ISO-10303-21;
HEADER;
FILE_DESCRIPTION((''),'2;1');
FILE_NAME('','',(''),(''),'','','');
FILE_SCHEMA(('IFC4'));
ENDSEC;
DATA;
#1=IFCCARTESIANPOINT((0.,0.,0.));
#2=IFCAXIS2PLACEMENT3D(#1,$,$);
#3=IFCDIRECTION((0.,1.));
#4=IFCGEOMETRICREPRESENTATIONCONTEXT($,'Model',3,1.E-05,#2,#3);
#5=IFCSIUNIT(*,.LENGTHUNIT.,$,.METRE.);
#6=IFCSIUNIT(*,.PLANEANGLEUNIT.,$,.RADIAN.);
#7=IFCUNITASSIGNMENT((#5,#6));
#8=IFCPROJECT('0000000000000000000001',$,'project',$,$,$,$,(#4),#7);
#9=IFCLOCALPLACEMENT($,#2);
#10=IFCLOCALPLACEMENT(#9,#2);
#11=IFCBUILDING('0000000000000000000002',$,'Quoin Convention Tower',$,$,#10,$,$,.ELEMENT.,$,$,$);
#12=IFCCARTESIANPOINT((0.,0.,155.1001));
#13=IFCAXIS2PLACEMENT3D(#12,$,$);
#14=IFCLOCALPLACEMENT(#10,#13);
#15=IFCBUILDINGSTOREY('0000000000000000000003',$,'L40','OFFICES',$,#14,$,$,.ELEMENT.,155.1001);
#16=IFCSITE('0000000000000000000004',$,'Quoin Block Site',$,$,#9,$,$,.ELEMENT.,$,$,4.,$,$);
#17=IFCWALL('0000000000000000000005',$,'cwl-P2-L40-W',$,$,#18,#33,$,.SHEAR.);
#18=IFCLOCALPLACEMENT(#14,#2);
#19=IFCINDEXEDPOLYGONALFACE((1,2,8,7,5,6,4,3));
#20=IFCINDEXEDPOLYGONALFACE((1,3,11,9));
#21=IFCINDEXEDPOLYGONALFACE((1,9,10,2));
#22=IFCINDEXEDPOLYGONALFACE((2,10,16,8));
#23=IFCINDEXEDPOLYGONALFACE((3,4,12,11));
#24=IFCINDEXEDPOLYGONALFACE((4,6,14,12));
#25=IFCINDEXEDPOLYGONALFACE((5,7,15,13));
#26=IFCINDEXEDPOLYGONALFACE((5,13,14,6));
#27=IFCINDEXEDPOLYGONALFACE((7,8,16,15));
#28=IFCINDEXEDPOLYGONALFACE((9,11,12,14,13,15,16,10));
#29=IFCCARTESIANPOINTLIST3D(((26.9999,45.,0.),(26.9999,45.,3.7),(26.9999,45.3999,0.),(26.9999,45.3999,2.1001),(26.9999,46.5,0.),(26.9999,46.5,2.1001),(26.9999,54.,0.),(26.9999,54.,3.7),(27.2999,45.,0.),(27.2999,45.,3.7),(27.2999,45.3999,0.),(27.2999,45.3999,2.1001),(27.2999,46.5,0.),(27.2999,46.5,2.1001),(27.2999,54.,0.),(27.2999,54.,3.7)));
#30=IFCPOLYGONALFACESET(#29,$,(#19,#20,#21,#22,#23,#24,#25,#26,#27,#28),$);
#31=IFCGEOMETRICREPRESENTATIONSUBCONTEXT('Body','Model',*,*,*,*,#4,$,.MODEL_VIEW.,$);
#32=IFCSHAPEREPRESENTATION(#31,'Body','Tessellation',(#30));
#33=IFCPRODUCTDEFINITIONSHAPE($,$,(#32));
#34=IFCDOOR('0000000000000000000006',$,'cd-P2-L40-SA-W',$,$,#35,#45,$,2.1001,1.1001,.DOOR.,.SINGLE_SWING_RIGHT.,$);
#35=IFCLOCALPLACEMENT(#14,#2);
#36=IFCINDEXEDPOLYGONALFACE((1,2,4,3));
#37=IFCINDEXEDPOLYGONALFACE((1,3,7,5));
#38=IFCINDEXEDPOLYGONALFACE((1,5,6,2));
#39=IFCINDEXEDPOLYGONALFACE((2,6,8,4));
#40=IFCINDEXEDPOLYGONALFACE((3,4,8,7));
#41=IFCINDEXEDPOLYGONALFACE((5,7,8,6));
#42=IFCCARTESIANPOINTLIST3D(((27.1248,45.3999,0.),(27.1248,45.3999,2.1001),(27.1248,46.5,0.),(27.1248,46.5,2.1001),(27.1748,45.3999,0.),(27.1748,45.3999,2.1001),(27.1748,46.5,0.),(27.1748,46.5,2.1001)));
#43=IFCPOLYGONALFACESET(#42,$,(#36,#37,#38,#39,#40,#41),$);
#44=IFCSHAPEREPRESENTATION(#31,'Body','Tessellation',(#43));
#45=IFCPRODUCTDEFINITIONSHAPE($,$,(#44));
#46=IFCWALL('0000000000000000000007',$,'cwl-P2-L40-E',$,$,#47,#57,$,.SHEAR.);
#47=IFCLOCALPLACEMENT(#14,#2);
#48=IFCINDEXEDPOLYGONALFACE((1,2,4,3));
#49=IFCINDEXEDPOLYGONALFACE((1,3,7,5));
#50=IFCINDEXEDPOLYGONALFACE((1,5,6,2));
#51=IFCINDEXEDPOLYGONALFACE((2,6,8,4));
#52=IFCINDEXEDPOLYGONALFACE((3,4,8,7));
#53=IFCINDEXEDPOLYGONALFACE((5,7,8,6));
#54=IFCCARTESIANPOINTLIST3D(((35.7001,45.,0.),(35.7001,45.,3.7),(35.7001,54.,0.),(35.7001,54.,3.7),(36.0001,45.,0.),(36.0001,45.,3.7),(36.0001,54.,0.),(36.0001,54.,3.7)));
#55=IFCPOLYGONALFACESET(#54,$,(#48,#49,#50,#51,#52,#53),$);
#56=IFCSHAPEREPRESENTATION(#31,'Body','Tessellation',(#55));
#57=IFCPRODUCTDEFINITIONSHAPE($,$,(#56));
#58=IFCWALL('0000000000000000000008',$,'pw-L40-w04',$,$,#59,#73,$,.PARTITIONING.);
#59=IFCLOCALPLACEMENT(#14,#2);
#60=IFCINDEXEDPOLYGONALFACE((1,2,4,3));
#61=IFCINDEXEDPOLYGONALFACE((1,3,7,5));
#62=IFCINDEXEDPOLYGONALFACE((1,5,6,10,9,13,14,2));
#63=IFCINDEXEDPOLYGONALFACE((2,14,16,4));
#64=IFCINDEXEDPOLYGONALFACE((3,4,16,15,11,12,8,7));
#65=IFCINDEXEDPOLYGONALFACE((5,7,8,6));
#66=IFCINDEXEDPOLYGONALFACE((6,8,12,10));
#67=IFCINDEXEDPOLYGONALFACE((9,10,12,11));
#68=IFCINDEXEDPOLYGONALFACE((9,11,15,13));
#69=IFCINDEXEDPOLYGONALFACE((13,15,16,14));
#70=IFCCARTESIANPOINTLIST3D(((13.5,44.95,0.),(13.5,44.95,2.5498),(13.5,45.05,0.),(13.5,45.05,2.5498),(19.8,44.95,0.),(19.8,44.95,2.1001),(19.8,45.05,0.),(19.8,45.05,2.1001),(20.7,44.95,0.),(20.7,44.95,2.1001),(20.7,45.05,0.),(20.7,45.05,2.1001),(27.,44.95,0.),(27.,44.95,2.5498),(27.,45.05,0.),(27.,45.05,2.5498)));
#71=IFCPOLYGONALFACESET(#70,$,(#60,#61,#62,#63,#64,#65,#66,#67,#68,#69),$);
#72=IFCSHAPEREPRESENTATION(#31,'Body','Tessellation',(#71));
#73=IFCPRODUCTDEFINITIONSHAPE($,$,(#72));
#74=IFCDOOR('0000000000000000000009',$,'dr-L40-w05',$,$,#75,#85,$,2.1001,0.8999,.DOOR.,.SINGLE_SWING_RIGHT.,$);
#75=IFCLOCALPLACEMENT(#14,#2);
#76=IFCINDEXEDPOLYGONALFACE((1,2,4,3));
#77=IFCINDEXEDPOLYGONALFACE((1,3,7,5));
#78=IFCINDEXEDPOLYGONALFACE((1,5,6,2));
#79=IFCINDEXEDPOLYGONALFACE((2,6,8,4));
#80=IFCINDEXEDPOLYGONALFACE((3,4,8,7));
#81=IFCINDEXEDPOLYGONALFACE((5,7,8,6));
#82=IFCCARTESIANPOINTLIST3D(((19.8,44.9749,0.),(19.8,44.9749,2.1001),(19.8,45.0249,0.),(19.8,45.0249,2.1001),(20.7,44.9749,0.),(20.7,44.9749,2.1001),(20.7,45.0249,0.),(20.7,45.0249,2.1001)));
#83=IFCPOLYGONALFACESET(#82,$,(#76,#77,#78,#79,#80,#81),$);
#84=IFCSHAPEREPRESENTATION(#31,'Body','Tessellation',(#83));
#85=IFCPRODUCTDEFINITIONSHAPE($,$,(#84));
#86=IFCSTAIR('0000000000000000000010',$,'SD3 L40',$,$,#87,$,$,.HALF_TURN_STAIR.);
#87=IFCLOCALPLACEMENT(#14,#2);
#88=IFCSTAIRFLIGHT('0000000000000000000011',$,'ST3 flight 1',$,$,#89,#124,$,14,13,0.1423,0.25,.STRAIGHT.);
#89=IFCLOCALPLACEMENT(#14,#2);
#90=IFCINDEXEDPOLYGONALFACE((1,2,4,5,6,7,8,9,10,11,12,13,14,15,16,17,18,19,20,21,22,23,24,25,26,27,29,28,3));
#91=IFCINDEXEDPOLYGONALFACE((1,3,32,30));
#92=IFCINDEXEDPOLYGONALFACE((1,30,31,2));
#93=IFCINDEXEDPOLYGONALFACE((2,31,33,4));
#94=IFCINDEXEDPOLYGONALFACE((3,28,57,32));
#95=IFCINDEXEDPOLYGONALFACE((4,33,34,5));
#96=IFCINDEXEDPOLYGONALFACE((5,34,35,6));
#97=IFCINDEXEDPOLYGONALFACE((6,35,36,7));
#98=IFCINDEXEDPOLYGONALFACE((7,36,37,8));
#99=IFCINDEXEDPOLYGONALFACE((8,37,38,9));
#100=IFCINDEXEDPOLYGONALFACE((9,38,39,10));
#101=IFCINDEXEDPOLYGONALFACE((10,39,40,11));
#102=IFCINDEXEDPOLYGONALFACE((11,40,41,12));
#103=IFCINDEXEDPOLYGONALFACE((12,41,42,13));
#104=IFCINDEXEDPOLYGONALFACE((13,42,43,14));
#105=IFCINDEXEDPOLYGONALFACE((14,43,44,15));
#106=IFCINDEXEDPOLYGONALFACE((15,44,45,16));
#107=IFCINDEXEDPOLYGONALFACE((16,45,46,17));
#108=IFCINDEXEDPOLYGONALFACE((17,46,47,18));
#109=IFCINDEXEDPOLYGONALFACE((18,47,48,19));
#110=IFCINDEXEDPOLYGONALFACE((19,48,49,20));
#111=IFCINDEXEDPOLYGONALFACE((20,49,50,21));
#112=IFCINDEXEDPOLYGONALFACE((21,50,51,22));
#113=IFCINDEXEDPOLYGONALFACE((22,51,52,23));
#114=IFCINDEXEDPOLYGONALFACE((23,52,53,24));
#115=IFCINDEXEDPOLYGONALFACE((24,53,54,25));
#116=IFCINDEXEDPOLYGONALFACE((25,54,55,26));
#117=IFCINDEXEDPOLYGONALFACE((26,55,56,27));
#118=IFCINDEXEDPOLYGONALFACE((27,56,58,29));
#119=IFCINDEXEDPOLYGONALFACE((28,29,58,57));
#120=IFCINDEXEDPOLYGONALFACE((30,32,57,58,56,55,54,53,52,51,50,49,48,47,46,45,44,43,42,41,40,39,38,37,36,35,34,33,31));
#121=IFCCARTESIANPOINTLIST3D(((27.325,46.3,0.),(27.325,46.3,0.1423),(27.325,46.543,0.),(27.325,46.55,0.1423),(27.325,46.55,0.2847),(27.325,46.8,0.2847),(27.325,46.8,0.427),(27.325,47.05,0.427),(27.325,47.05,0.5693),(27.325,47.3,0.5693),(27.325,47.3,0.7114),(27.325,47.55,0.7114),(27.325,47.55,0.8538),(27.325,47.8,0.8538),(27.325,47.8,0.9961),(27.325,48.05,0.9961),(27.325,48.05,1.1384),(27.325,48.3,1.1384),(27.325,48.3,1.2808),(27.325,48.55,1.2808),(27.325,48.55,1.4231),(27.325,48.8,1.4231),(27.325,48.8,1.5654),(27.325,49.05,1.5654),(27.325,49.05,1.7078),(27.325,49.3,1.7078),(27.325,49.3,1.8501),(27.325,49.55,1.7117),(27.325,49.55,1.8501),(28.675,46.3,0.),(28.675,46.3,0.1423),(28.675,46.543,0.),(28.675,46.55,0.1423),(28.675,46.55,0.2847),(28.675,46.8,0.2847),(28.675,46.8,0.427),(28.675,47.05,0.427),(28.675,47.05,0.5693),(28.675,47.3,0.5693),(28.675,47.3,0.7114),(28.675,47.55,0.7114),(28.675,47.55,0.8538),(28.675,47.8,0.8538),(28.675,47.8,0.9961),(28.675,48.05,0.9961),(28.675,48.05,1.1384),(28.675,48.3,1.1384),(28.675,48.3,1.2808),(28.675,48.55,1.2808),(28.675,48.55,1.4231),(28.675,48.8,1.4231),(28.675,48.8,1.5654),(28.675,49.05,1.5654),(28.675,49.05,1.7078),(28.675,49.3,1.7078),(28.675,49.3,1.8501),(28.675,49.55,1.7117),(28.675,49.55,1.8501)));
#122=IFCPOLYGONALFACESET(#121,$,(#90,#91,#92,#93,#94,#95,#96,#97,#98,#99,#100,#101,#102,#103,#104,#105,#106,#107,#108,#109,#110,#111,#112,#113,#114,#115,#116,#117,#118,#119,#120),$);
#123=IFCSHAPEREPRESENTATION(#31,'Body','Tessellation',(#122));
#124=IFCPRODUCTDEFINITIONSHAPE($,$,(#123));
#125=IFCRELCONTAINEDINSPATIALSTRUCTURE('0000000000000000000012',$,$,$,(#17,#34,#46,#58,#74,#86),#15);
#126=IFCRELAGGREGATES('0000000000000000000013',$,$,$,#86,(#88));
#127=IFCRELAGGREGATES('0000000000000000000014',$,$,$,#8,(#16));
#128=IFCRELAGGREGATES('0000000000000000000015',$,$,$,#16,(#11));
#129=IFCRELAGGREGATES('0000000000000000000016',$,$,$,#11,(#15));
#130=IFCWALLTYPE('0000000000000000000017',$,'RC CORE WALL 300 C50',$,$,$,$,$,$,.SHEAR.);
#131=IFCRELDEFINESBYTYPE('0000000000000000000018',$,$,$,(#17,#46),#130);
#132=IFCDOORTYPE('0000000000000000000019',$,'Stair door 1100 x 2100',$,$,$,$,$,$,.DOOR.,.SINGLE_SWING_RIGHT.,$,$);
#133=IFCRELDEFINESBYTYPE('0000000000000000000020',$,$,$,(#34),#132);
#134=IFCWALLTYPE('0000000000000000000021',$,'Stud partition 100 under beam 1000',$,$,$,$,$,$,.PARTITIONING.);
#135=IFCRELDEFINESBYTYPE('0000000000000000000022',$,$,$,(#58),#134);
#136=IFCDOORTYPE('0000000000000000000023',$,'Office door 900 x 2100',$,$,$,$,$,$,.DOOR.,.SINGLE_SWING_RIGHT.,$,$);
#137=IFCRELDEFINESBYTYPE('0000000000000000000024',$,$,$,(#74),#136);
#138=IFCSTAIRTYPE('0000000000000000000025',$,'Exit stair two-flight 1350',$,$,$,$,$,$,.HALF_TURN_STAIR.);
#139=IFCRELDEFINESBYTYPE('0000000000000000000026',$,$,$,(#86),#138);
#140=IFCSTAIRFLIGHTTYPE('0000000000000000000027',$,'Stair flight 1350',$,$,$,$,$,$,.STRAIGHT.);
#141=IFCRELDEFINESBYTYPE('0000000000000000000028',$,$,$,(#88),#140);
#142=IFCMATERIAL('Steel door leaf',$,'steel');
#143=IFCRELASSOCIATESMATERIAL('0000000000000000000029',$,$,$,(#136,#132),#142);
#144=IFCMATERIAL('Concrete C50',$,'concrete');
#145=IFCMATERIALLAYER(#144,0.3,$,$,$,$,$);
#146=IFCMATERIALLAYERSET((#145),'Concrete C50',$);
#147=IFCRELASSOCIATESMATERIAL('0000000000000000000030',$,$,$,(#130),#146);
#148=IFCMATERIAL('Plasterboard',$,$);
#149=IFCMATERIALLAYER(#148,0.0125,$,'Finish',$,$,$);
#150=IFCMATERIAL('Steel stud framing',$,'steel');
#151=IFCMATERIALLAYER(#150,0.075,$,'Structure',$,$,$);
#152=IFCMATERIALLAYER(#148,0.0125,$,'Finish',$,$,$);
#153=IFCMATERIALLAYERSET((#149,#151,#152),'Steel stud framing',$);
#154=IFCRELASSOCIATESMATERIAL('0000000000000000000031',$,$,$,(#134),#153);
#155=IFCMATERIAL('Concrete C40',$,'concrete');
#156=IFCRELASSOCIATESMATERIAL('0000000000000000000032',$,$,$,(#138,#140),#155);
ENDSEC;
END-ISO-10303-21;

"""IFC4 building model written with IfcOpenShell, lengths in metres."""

from ifc_helpers import new_model, si_unit, direction, frame, frame_2d, origin, place, context, subcontext, project, spatial, polyline, rectangle, outline, extrude, material, layer, layer_set, type_object, element, fill, aggregate, save


model = new_model("IFC4")

# Units and contexts
model_context = context("Model", 3, precision=1e-05, world=origin(), true_north=direction((0.0, 1.0)))
body_context = subcontext(model_context, "Body", "Model", "MODEL_VIEW")
ifc_project = project(units=[si_unit("LENGTHUNIT", "METRE"), si_unit("PLANEANGLEUNIT", "RADIAN")], contexts=[model_context])

# Site, building, storey
site_placement = place(None, origin())
site = spatial("IfcSite", under=ifc_project, at=site_placement, Name="Quoin Block Site", CompositionType="ELEMENT", RefElevation=4.0)
building_placement = place(site_placement, origin())
building = spatial("IfcBuilding", under=site, at=building_placement, Name="Quoin Convention Tower", CompositionType="ELEMENT")
storey_placement = place(building_placement, frame((0.0, 0.0, 155.1001)))
storey = spatial("IfcBuildingStorey", under=building, at=storey_placement, Name="L40", Description="OFFICES", CompositionType="ELEMENT", Elevation=155.1001)

# Shared definitions
ifc_material_1 = material(Name="Concrete C50", Category="concrete")

# Wall, opening, door
ifc_material_2 = material(Name="Plasterboard")
ifc_material_3 = material(Name="Steel stud framing", Category="steel")
ifc_material_4 = material(Name="Steel door leaf", Category="steel")
door_type_1 = type_object("IfcDoorType", Name="Office door 900 x 2100", OperationType="SINGLE_SWING_RIGHT", PredefinedType="DOOR", material=ifc_material_4)
ifc_layer_1 = layer(ifc_material_1, 0.3)
ifc_layer_set_1 = layer_set([ifc_layer_1], Name="Concrete C50")
wall_type_1 = type_object("IfcWallType", Name="RC CORE WALL 300 C50", PredefinedType="SHEAR", material=ifc_layer_set_1)
wall_1_placement = place(storey_placement, frame((27.1499, 45.0, 0.0), z_axis=(0.0, 0.0, 1.0), x_axis=(0.0, 1.0, 0.0)))
wall_1 = element("IfcWall", 1, at=wall_1_placement, inside=storey, type_object=wall_type_1, Name="cwl-P2-L40-W", PredefinedType="SHEAR", context=body_context, shape_type="SweptSolid", body=[
    extrude(rectangle(XDim=9.0, YDim=0.3, at=frame_2d((4.5, 0.0))), origin(), (0.0, 0.0, 1.0), 3.7),
])
opening_1_placement = place(wall_1_placement, frame((0.3999, 0.0, 0.0)))
opening_1 = element("IfcOpeningElement", 2, at=opening_1_placement, cuts=wall_1, PredefinedType="OPENING", context=body_context, shape_type="SweptSolid", body=[
    extrude(rectangle(XDim=1.1001, YDim=2.1001, at=frame_2d((0.55, 1.05))), frame((0.0, 0.1599, 0.0), z_axis=(0.0, -1.0, 0.0), x_axis=(1.0, 0.0, 0.0)), (0.0, 0.0, 1.0), 0.3201),
])
door_type_2 = type_object("IfcDoorType", Name="Stair door 1100 x 2100", OperationType="SINGLE_SWING_RIGHT", PredefinedType="DOOR", material=ifc_material_4)
door_1_placement = place(opening_1_placement, frame((1.1001, 0.0, 0.0), z_axis=(0.0, 0.0, 1.0), x_axis=(-1.0, 0.0, 0.0)))
door_1 = element("IfcDoor", 3, at=door_1_placement, inside=storey, type_object=door_type_2, Name="cd-P2-L40-SA-W", OperationType="SINGLE_SWING_RIGHT", OverallHeight=2.1001, OverallWidth=1.1001, PredefinedType="DOOR", context=body_context, shape_type="SweptSolid", body=[
    extrude(rectangle(XDim=1.1001, YDim=2.1001, at=frame_2d((0.55, 1.05))), frame((0.0, 0.0249, 0.0), z_axis=(0.0, -1.0, 0.0), x_axis=(1.0, 0.0, 0.0)), (0.0, 0.0, 1.0), 0.05),
])
fill(opening_1, door_1)

# Wall
wall_2_placement = place(storey_placement, frame((35.8501, 45.0, 0.0), z_axis=(0.0, 0.0, 1.0), x_axis=(0.0, 1.0, 0.0)))
element("IfcWall", 4, at=wall_2_placement, inside=storey, type_object=wall_type_1, Name="cwl-P2-L40-E", PredefinedType="SHEAR", context=body_context, shape_type="SweptSolid", body=[
    extrude(rectangle(XDim=9.0, YDim=0.3, at=frame_2d((4.5, 0.0))), origin(), (0.0, 0.0, 1.0), 3.7),
])

# Wall, opening, door
ifc_layer_2 = layer(ifc_material_2, 0.0125, Name="Finish")
ifc_layer_3 = layer(ifc_material_3, 0.075, Name="Structure")
ifc_layer_4 = layer(ifc_material_2, 0.0125, Name="Finish")
ifc_layer_set_2 = layer_set([ifc_layer_2, ifc_layer_3, ifc_layer_4], Name="Steel stud framing")
wall_type_2 = type_object("IfcWallType", Name="Stud partition 100 under beam 1000", PredefinedType="PARTITIONING", material=ifc_layer_set_2)
wall_3_placement = place(storey_placement, frame((13.5, 45.0, 0.0), z_axis=(0.0, 0.0, 1.0), x_axis=(1.0, 0.0, 0.0)))
wall_3 = element("IfcWall", 5, at=wall_3_placement, inside=storey, type_object=wall_type_2, Name="pw-L40-w04", PredefinedType="PARTITIONING", context=body_context, shape_type="SweptSolid", body=[
    extrude(rectangle(XDim=13.5, YDim=0.1001, at=frame_2d((6.75, 0.0))), origin(), (0.0, 0.0, 1.0), 2.5498),
])
opening_2_placement = place(wall_3_placement, frame((6.3, 0.0, 0.0)))
opening_2 = element("IfcOpeningElement", 6, at=opening_2_placement, cuts=wall_3, PredefinedType="OPENING", context=body_context, shape_type="SweptSolid", body=[
    extrude(rectangle(XDim=0.8999, YDim=2.1001, at=frame_2d((0.45, 1.05))), frame((0.0, 0.0601, 0.0), z_axis=(0.0, -1.0, 0.0), x_axis=(1.0, 0.0, 0.0)), (0.0, 0.0, 1.0), 0.1201),
])
door_2_placement = place(opening_2_placement, origin())
door_2 = element("IfcDoor", 7, at=door_2_placement, inside=storey, type_object=door_type_1, Name="dr-L40-w05", OperationType="SINGLE_SWING_RIGHT", OverallHeight=2.1001, OverallWidth=0.8999, PredefinedType="DOOR", context=body_context, shape_type="SweptSolid", body=[
    extrude(rectangle(XDim=0.8999, YDim=2.1001, at=frame_2d((0.45, 1.05))), frame((0.0, 0.0249, 0.0), z_axis=(0.0, -1.0, 0.0), x_axis=(1.0, 0.0, 0.0)), (0.0, 0.0, 1.0), 0.05),
])
fill(opening_2, door_2)

# Stair, stair flight
ifc_material_5 = material(Name="Concrete C40", Category="concrete")
stair_type = type_object("IfcStairType", Name="Exit stair two-flight 1350", PredefinedType="HALF_TURN_STAIR", material=ifc_material_5)
stair_placement = place(storey_placement, origin())
stair = element("IfcStair", 8, at=stair_placement, inside=storey, type_object=stair_type, Name="SD3 L40", PredefinedType="HALF_TURN_STAIR")
stair_flight_type = type_object("IfcStairFlightType", Name="Stair flight 1350", PredefinedType="STRAIGHT", material=ifc_material_5)
stair_flight_placement = place(storey_placement, frame((28.0, 46.3, 0.0), z_axis=(0.0, 0.0, 1.0), x_axis=(0.0, 1.0, 0.0)))
stair_flight = element("IfcStairFlight", 9, at=stair_flight_placement, type_object=stair_flight_type, Name="ST3 flight 1", NumberOfRisers=14, NumberOfTreads=13, PredefinedType="STRAIGHT", RiserHeight=0.1423, TreadLength=0.25, context=body_context, shape_type="SweptSolid", body=[
    extrude(outline(polyline([(0.0, 0.0), (0.0, 0.1423), (0.25, 0.1423), (0.25, 0.2847), (0.5, 0.2847), (0.5, 0.427), (0.75, 0.427), (0.75, 0.5693), (1.0, 0.5693), (1.0, 0.7114), (1.25, 0.7114), (1.25, 0.8538), (1.5, 0.8538), (1.5, 0.9961), (1.75, 0.9961), (1.75, 1.1384), (2.0, 1.1384), (2.0, 1.2808), (2.25, 1.2808), (2.25, 1.4231), (2.5, 1.4231), (2.5, 1.5654), (2.75, 1.5654), (2.75, 1.7078), (3.0, 1.7078), (3.0, 1.8501), (3.25, 1.8501), (3.25, 1.9922), (3.25, 1.7117), (0.2429, 0.0), (0.0, 0.0)])), frame((0.0, 0.675, 0.0), z_axis=(0.0, -1.0, 0.0), x_axis=(1.0, 0.0, 0.0)), (0.0, 0.0, 1.0), 1.3501),
])
aggregate(stair, [stair_flight])

save(model, "model.ifc")
